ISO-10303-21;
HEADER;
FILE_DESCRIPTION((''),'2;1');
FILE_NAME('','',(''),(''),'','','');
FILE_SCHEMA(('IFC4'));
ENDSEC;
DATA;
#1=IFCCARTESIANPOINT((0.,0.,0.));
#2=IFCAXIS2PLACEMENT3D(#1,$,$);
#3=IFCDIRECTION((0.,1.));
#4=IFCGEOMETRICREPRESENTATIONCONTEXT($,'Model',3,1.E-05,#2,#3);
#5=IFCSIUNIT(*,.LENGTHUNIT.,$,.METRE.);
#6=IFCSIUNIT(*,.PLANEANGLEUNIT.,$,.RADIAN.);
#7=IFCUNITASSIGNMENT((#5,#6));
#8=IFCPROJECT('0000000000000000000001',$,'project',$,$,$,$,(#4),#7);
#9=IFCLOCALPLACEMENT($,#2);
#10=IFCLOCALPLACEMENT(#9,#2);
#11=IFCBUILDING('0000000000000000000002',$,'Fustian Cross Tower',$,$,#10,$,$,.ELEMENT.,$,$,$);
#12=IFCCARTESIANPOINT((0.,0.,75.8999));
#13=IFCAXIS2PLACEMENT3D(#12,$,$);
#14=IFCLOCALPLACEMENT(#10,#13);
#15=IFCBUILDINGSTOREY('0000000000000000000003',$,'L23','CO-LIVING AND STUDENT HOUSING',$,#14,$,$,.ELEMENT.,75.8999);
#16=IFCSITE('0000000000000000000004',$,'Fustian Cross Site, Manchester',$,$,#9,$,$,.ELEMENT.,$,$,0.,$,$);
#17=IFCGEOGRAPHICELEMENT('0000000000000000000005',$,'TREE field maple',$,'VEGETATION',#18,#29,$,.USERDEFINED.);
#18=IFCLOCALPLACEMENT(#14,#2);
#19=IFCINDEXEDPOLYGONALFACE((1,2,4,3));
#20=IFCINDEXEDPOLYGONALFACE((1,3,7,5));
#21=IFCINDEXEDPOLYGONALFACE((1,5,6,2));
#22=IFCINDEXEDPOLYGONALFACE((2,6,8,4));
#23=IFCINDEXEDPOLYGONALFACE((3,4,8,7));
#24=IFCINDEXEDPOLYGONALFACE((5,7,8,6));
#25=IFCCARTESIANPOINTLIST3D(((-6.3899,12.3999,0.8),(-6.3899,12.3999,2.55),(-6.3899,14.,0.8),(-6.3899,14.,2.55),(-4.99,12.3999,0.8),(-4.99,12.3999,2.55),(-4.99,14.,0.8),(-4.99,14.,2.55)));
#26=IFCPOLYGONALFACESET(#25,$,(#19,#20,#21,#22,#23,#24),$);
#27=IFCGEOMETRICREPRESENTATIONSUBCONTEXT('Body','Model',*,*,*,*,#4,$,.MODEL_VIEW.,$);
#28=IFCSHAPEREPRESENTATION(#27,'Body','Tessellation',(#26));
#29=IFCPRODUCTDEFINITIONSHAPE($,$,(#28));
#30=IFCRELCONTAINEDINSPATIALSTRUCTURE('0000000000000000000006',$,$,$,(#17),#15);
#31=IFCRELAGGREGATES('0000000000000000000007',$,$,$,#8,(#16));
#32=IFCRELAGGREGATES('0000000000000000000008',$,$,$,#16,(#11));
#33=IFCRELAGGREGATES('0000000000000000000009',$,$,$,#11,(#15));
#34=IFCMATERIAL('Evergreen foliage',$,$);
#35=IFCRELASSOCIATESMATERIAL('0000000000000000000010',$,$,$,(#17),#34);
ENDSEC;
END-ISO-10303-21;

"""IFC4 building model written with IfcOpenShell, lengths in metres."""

from ifc_helpers import new_model, si_unit, direction, frame, origin, origin_2d, place, context, subcontext, project, spatial, rectangle, extrude, material, element, save


model = new_model("IFC4")

# Units and contexts
model_context = context("Model", 3, precision=1e-05, world=origin(), true_north=direction((0.0, 1.0)))
body_context = subcontext(model_context, "Body", "Model", "MODEL_VIEW")
ifc_project = project(units=[si_unit("LENGTHUNIT", "METRE"), si_unit("PLANEANGLEUNIT", "RADIAN")], contexts=[model_context])

# Site, building, storey
site_placement = place(None, origin())
site = spatial("IfcSite", under=ifc_project, at=site_placement, Name="Fustian Cross Site, Manchester", CompositionType="ELEMENT", RefElevation=0.0)
building_placement = place(site_placement, origin())
building = spatial("IfcBuilding", under=site, at=building_placement, Name="Fustian Cross Tower", CompositionType="ELEMENT")
storey_placement = place(building_placement, frame((0.0, 0.0, 75.8999)))
storey = spatial("IfcBuildingStorey", under=building, at=storey_placement, Name="L23", Description="CO-LIVING AND STUDENT HOUSING", CompositionType="ELEMENT", Elevation=75.8999)

# Geographic element
ifc_material_1 = material(Name="Evergreen foliage")
for number, where, z_axis, x_axis, name in (
    (1, (-5.6899, 13.2, 0.8), (0.0, 0.0, 1.0), (1.0, 0.0, 0.0), "TREE field maple"),
):
    element("IfcGeographicElement", number, at=place(storey_placement, frame(where, z_axis=z_axis, x_axis=x_axis)), inside=storey, material=ifc_material_1, Name=name, ObjectType="VEGETATION", PredefinedType="USERDEFINED", context=body_context, shape_type="SweptSolid", body=[
        extrude(rectangle(XDim=1.3999, YDim=1.6001, at=origin_2d()), origin(), (0.0, 0.0, 1.0), 1.75),
    ])

save(model, "model.ifc")
